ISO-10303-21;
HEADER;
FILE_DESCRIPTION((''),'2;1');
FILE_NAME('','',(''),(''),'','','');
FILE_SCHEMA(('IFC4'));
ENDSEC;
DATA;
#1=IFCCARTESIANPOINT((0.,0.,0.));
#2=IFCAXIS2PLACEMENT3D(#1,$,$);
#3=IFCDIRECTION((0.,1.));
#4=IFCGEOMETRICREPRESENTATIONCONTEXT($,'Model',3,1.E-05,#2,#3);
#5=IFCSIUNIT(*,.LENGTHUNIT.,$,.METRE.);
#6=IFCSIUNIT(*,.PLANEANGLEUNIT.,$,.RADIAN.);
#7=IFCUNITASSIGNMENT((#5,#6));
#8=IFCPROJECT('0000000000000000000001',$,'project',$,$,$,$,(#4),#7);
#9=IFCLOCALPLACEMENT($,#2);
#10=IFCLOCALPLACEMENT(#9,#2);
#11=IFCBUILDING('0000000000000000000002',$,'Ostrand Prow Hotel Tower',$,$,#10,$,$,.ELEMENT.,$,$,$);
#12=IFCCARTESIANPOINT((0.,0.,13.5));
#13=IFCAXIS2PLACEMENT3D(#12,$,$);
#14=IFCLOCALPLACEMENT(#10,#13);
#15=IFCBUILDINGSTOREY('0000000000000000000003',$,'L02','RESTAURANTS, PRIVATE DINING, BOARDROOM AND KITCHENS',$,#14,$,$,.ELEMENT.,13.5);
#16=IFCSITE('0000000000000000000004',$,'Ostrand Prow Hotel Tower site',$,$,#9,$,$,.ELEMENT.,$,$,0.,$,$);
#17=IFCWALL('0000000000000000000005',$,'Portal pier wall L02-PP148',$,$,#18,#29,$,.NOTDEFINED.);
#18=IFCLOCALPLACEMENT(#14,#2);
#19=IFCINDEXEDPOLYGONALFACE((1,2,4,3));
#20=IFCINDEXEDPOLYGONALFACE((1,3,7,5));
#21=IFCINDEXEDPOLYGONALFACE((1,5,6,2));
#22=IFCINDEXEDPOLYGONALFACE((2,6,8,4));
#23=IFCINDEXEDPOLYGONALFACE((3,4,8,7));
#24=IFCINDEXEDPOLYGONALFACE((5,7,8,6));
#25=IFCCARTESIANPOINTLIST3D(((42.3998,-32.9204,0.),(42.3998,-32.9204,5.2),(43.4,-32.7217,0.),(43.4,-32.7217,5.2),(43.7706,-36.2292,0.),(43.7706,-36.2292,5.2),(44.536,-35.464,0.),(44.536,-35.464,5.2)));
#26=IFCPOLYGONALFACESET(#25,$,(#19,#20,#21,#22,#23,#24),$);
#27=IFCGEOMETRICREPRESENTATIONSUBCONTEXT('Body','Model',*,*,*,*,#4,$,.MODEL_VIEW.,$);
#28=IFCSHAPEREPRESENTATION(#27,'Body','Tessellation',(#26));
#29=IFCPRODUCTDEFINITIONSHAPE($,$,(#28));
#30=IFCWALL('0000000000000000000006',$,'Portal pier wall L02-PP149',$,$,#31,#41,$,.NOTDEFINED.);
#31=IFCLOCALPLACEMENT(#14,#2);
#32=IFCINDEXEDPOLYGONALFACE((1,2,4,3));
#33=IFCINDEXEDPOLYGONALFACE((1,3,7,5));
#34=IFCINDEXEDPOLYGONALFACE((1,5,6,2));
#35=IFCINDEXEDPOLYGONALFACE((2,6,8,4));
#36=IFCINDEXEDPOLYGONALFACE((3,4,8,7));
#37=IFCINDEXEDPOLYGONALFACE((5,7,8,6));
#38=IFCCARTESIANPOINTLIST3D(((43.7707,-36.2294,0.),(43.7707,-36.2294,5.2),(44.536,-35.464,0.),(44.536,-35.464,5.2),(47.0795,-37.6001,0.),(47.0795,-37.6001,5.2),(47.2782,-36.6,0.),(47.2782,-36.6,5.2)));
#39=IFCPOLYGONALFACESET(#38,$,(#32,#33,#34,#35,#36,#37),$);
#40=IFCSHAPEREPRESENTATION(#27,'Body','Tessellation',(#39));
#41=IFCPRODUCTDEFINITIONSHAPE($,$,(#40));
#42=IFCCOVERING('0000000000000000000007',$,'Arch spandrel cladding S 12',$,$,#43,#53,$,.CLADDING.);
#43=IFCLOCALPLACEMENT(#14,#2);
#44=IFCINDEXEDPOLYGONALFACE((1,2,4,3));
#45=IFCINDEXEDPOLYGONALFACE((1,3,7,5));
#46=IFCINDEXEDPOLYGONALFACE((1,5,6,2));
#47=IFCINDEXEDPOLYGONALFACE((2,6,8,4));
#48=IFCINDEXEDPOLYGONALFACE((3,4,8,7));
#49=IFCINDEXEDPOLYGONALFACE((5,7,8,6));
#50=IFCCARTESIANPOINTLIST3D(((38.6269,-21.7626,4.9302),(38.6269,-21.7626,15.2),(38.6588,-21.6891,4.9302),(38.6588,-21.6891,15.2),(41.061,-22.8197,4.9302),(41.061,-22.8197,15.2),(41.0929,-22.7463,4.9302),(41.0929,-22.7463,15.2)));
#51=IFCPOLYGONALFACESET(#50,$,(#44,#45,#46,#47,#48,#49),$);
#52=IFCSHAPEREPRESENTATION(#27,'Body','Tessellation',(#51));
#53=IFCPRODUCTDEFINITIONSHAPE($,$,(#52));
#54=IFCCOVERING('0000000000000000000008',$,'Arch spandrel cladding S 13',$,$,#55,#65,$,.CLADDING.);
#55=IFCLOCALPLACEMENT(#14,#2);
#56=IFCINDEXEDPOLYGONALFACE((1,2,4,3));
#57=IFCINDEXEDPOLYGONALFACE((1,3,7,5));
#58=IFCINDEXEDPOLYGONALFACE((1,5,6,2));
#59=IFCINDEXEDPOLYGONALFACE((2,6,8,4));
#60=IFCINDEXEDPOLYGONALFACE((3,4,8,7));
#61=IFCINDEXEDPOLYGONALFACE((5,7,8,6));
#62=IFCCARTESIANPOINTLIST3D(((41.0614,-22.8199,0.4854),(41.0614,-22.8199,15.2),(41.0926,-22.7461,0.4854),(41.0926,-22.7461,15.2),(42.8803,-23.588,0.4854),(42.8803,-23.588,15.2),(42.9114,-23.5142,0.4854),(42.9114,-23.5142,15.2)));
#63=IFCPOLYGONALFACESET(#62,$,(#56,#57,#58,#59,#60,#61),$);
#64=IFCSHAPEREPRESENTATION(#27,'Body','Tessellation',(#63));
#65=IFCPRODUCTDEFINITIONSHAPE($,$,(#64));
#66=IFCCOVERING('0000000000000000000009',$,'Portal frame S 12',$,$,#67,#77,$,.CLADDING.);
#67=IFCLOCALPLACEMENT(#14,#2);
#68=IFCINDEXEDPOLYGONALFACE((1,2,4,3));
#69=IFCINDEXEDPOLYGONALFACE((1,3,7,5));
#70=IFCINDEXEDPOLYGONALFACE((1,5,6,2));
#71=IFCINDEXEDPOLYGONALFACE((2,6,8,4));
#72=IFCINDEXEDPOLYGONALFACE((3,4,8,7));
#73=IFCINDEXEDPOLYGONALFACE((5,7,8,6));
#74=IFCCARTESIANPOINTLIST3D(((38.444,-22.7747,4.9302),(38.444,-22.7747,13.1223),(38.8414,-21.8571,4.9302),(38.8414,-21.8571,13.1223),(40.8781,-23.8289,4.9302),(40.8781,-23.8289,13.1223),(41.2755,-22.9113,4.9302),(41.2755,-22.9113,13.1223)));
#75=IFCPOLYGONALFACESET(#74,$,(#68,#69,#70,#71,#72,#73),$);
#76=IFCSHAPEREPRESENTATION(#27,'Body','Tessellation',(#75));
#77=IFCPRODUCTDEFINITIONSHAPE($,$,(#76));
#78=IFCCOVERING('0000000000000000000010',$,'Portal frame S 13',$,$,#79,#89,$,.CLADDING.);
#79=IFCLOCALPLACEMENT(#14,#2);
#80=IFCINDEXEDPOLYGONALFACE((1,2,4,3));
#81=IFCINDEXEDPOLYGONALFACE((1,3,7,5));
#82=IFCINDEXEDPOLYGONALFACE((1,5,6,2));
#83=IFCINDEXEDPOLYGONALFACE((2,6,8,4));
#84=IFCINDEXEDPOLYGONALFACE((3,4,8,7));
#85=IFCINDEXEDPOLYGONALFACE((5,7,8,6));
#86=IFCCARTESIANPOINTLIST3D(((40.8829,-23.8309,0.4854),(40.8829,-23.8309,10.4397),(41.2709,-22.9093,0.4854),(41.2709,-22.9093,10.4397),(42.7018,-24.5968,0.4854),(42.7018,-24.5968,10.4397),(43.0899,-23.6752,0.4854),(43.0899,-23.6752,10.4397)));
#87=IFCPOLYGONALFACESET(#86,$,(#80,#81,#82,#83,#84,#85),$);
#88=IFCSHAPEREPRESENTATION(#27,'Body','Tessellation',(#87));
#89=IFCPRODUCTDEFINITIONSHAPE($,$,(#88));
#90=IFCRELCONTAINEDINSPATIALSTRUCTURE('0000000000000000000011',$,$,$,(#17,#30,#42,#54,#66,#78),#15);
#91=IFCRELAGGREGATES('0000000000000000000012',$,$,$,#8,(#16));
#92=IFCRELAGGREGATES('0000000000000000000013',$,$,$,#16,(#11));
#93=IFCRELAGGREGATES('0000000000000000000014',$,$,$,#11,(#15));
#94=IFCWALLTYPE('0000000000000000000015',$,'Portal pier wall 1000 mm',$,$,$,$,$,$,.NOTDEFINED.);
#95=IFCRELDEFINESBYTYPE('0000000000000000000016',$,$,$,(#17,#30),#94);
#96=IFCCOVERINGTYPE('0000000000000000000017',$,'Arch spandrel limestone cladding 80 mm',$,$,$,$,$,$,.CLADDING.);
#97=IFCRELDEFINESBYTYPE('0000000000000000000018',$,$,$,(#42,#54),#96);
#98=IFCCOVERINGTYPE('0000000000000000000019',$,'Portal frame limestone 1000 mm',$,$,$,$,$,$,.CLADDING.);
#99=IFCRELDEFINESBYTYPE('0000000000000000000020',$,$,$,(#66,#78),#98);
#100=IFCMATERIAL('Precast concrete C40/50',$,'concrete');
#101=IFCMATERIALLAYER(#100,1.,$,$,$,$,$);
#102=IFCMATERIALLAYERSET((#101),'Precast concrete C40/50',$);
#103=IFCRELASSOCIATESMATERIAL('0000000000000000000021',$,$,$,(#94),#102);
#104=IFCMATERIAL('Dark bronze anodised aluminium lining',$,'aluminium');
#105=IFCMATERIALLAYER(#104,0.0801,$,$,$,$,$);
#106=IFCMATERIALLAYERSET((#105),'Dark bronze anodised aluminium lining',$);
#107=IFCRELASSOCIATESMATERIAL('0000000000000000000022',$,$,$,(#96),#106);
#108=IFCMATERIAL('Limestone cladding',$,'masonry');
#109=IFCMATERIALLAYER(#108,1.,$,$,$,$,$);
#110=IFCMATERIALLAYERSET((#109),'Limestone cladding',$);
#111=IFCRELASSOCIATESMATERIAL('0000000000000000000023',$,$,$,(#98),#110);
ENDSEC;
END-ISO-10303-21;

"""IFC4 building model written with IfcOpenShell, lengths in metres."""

from ifc_helpers import new_model, si_unit, direction, frame, frame_2d, origin, place, context, subcontext, project, spatial, polyline, rectangle, outline, extrude, material, layer, layer_set, type_object, element, save


model = new_model("IFC4")

# Units and contexts
model_context = context("Model", 3, precision=1e-05, world=origin(), true_north=direction((0.0, 1.0)))
body_context = subcontext(model_context, "Body", "Model", "MODEL_VIEW")
ifc_project = project(units=[si_unit("LENGTHUNIT", "METRE"), si_unit("PLANEANGLEUNIT", "RADIAN")], contexts=[model_context])

# Site, building, storey
site_placement = place(None, origin())
site = spatial("IfcSite", under=ifc_project, at=site_placement, Name="Ostrand Prow Hotel Tower site", CompositionType="ELEMENT", RefElevation=0.0)
building_placement = place(site_placement, origin())
building = spatial("IfcBuilding", under=site, at=building_placement, Name="Ostrand Prow Hotel Tower", CompositionType="ELEMENT")
storey_placement = place(building_placement, frame((0.0, 0.0, 13.5)))
storey = spatial("IfcBuildingStorey", under=building, at=storey_placement, Name="L02", Description="RESTAURANTS, PRIVATE DINING, BOARDROOM AND KITCHENS", CompositionType="ELEMENT", Elevation=13.5)

# Shared definitions
ifc_material_1 = material(Name="Precast concrete C40/50", Category="concrete")
ifc_layer_1 = layer(ifc_material_1, 1.0)
ifc_layer_set_1 = layer_set([ifc_layer_1], Name="Precast concrete C40/50")
wall_type_1 = type_object("IfcWallType", Name="Portal pier wall 1000 mm", PredefinedType="NOTDEFINED", material=ifc_layer_set_1)

# Walls
wall_1_placement = place(storey_placement, frame((42.8999, -32.821, 0.0), z_axis=(0.0, 0.0, 1.0), x_axis=(0.382725, -0.923862, 0.0)))
element("IfcWall", 1, at=wall_1_placement, inside=storey, type_object=wall_type_1, Name="Portal pier wall L02-PP148", PredefinedType="NOTDEFINED", context=body_context, shape_type="SweptSolid", body=[
    extrude(outline(polyline([(-0.0996, -0.5), (3.4819, -0.5), (3.0679, 0.5), (0.0996, 0.5), (-0.0996, -0.5)])), origin(), (0.0, 0.0, 1.0), 5.2),
])
wall_2_placement = place(storey_placement, frame((44.1533, -35.8467, 0.0), z_axis=(0.0, 0.0, 1.0), x_axis=(0.923862, -0.382725, 0.0)))
element("IfcWall", 2, at=wall_2_placement, inside=storey, type_object=wall_type_1, Name="Portal pier wall L02-PP149", PredefinedType="NOTDEFINED", context=body_context, shape_type="SweptSolid", body=[
    extrude(outline(polyline([(-0.207, -0.5), (3.3745, -0.5), (3.1753, 0.5), (0.207, 0.5), (-0.207, -0.5)])), origin(), (0.0, 0.0, 1.0), 5.2),
])

# Coverings
ifc_material_2 = material(Name="Dark bronze anodised aluminium lining", Category="aluminium")
ifc_layer_2 = layer(ifc_material_2, 0.0801)
ifc_layer_set_2 = layer_set([ifc_layer_2], Name="Dark bronze anodised aluminium lining")
covering_type_1 = type_object("IfcCoveringType", Name="Arch spandrel limestone cladding 80 mm", PredefinedType="CLADDING", material=ifc_layer_set_2)
covering_1_placement = place(storey_placement, frame((38.6428, -21.7258, 4.9302), z_axis=(0.0, 0.0, 1.0), x_axis=(0.917231, -0.398356, 0.0)))
element("IfcCovering", 3, at=covering_1_placement, inside=storey, type_object=covering_type_1, Name="Arch spandrel cladding S 12", PredefinedType="CLADDING", context=body_context, shape_type="SweptSolid", body=[
    extrude(rectangle(XDim=2.6538, YDim=0.0801, at=frame_2d((1.3269, 0.0))), origin(), (0.0, 0.0, 1.0), 10.2698),
])
covering_2_placement = place(storey_placement, frame((41.0769, -22.783, 0.4854), z_axis=(0.0, 0.0, 1.0), x_axis=(0.92123, -0.389019, 0.0)))
element("IfcCovering", 4, at=covering_2_placement, inside=storey, type_object=covering_type_1, Name="Arch spandrel cladding S 13", PredefinedType="CLADDING", context=body_context, shape_type="SweptSolid", body=[
    extrude(rectangle(XDim=1.9744, YDim=0.0801, at=frame_2d((0.9873, 0.0))), origin(), (0.0, 0.0, 1.0), 14.7146),
])
ifc_material_3 = material(Name="Limestone cladding", Category="masonry")
ifc_layer_3 = layer(ifc_material_3, 1.0)
ifc_layer_set_3 = layer_set([ifc_layer_3], Name="Limestone cladding")
covering_type_2 = type_object("IfcCoveringType", Name="Portal frame limestone 1000 mm", PredefinedType="CLADDING", material=ifc_layer_set_3)
covering_3_placement = place(storey_placement, frame((38.6428, -22.3159, 4.9302), z_axis=(0.0, 0.0, 1.0), x_axis=(0.917634, -0.397427, 0.0)))
element("IfcCovering", 5, at=covering_3_placement, inside=storey, type_object=covering_type_2, Name="Portal frame S 12", PredefinedType="CLADDING", context=body_context, shape_type="SweptSolid", body=[
    extrude(rectangle(XDim=2.6526, YDim=1.0, at=frame_2d((1.3262, 0.0))), origin(), (0.0, 0.0, 1.0), 8.1921),
])
covering_4_placement = place(storey_placement, frame((41.0769, -23.3701, 0.4854), z_axis=(0.0, 0.0, 1.0), x_axis=(0.921628, -0.388074, 0.0)))
element("IfcCovering", 6, at=covering_4_placement, inside=storey, type_object=covering_type_2, Name="Portal frame S 13", PredefinedType="CLADDING", context=body_context, shape_type="SweptSolid", body=[
    extrude(rectangle(XDim=1.9736, YDim=1.0, at=frame_2d((0.9868, 0.0))), origin(), (0.0, 0.0, 1.0), 9.9543),
])

save(model, "model.ifc")
